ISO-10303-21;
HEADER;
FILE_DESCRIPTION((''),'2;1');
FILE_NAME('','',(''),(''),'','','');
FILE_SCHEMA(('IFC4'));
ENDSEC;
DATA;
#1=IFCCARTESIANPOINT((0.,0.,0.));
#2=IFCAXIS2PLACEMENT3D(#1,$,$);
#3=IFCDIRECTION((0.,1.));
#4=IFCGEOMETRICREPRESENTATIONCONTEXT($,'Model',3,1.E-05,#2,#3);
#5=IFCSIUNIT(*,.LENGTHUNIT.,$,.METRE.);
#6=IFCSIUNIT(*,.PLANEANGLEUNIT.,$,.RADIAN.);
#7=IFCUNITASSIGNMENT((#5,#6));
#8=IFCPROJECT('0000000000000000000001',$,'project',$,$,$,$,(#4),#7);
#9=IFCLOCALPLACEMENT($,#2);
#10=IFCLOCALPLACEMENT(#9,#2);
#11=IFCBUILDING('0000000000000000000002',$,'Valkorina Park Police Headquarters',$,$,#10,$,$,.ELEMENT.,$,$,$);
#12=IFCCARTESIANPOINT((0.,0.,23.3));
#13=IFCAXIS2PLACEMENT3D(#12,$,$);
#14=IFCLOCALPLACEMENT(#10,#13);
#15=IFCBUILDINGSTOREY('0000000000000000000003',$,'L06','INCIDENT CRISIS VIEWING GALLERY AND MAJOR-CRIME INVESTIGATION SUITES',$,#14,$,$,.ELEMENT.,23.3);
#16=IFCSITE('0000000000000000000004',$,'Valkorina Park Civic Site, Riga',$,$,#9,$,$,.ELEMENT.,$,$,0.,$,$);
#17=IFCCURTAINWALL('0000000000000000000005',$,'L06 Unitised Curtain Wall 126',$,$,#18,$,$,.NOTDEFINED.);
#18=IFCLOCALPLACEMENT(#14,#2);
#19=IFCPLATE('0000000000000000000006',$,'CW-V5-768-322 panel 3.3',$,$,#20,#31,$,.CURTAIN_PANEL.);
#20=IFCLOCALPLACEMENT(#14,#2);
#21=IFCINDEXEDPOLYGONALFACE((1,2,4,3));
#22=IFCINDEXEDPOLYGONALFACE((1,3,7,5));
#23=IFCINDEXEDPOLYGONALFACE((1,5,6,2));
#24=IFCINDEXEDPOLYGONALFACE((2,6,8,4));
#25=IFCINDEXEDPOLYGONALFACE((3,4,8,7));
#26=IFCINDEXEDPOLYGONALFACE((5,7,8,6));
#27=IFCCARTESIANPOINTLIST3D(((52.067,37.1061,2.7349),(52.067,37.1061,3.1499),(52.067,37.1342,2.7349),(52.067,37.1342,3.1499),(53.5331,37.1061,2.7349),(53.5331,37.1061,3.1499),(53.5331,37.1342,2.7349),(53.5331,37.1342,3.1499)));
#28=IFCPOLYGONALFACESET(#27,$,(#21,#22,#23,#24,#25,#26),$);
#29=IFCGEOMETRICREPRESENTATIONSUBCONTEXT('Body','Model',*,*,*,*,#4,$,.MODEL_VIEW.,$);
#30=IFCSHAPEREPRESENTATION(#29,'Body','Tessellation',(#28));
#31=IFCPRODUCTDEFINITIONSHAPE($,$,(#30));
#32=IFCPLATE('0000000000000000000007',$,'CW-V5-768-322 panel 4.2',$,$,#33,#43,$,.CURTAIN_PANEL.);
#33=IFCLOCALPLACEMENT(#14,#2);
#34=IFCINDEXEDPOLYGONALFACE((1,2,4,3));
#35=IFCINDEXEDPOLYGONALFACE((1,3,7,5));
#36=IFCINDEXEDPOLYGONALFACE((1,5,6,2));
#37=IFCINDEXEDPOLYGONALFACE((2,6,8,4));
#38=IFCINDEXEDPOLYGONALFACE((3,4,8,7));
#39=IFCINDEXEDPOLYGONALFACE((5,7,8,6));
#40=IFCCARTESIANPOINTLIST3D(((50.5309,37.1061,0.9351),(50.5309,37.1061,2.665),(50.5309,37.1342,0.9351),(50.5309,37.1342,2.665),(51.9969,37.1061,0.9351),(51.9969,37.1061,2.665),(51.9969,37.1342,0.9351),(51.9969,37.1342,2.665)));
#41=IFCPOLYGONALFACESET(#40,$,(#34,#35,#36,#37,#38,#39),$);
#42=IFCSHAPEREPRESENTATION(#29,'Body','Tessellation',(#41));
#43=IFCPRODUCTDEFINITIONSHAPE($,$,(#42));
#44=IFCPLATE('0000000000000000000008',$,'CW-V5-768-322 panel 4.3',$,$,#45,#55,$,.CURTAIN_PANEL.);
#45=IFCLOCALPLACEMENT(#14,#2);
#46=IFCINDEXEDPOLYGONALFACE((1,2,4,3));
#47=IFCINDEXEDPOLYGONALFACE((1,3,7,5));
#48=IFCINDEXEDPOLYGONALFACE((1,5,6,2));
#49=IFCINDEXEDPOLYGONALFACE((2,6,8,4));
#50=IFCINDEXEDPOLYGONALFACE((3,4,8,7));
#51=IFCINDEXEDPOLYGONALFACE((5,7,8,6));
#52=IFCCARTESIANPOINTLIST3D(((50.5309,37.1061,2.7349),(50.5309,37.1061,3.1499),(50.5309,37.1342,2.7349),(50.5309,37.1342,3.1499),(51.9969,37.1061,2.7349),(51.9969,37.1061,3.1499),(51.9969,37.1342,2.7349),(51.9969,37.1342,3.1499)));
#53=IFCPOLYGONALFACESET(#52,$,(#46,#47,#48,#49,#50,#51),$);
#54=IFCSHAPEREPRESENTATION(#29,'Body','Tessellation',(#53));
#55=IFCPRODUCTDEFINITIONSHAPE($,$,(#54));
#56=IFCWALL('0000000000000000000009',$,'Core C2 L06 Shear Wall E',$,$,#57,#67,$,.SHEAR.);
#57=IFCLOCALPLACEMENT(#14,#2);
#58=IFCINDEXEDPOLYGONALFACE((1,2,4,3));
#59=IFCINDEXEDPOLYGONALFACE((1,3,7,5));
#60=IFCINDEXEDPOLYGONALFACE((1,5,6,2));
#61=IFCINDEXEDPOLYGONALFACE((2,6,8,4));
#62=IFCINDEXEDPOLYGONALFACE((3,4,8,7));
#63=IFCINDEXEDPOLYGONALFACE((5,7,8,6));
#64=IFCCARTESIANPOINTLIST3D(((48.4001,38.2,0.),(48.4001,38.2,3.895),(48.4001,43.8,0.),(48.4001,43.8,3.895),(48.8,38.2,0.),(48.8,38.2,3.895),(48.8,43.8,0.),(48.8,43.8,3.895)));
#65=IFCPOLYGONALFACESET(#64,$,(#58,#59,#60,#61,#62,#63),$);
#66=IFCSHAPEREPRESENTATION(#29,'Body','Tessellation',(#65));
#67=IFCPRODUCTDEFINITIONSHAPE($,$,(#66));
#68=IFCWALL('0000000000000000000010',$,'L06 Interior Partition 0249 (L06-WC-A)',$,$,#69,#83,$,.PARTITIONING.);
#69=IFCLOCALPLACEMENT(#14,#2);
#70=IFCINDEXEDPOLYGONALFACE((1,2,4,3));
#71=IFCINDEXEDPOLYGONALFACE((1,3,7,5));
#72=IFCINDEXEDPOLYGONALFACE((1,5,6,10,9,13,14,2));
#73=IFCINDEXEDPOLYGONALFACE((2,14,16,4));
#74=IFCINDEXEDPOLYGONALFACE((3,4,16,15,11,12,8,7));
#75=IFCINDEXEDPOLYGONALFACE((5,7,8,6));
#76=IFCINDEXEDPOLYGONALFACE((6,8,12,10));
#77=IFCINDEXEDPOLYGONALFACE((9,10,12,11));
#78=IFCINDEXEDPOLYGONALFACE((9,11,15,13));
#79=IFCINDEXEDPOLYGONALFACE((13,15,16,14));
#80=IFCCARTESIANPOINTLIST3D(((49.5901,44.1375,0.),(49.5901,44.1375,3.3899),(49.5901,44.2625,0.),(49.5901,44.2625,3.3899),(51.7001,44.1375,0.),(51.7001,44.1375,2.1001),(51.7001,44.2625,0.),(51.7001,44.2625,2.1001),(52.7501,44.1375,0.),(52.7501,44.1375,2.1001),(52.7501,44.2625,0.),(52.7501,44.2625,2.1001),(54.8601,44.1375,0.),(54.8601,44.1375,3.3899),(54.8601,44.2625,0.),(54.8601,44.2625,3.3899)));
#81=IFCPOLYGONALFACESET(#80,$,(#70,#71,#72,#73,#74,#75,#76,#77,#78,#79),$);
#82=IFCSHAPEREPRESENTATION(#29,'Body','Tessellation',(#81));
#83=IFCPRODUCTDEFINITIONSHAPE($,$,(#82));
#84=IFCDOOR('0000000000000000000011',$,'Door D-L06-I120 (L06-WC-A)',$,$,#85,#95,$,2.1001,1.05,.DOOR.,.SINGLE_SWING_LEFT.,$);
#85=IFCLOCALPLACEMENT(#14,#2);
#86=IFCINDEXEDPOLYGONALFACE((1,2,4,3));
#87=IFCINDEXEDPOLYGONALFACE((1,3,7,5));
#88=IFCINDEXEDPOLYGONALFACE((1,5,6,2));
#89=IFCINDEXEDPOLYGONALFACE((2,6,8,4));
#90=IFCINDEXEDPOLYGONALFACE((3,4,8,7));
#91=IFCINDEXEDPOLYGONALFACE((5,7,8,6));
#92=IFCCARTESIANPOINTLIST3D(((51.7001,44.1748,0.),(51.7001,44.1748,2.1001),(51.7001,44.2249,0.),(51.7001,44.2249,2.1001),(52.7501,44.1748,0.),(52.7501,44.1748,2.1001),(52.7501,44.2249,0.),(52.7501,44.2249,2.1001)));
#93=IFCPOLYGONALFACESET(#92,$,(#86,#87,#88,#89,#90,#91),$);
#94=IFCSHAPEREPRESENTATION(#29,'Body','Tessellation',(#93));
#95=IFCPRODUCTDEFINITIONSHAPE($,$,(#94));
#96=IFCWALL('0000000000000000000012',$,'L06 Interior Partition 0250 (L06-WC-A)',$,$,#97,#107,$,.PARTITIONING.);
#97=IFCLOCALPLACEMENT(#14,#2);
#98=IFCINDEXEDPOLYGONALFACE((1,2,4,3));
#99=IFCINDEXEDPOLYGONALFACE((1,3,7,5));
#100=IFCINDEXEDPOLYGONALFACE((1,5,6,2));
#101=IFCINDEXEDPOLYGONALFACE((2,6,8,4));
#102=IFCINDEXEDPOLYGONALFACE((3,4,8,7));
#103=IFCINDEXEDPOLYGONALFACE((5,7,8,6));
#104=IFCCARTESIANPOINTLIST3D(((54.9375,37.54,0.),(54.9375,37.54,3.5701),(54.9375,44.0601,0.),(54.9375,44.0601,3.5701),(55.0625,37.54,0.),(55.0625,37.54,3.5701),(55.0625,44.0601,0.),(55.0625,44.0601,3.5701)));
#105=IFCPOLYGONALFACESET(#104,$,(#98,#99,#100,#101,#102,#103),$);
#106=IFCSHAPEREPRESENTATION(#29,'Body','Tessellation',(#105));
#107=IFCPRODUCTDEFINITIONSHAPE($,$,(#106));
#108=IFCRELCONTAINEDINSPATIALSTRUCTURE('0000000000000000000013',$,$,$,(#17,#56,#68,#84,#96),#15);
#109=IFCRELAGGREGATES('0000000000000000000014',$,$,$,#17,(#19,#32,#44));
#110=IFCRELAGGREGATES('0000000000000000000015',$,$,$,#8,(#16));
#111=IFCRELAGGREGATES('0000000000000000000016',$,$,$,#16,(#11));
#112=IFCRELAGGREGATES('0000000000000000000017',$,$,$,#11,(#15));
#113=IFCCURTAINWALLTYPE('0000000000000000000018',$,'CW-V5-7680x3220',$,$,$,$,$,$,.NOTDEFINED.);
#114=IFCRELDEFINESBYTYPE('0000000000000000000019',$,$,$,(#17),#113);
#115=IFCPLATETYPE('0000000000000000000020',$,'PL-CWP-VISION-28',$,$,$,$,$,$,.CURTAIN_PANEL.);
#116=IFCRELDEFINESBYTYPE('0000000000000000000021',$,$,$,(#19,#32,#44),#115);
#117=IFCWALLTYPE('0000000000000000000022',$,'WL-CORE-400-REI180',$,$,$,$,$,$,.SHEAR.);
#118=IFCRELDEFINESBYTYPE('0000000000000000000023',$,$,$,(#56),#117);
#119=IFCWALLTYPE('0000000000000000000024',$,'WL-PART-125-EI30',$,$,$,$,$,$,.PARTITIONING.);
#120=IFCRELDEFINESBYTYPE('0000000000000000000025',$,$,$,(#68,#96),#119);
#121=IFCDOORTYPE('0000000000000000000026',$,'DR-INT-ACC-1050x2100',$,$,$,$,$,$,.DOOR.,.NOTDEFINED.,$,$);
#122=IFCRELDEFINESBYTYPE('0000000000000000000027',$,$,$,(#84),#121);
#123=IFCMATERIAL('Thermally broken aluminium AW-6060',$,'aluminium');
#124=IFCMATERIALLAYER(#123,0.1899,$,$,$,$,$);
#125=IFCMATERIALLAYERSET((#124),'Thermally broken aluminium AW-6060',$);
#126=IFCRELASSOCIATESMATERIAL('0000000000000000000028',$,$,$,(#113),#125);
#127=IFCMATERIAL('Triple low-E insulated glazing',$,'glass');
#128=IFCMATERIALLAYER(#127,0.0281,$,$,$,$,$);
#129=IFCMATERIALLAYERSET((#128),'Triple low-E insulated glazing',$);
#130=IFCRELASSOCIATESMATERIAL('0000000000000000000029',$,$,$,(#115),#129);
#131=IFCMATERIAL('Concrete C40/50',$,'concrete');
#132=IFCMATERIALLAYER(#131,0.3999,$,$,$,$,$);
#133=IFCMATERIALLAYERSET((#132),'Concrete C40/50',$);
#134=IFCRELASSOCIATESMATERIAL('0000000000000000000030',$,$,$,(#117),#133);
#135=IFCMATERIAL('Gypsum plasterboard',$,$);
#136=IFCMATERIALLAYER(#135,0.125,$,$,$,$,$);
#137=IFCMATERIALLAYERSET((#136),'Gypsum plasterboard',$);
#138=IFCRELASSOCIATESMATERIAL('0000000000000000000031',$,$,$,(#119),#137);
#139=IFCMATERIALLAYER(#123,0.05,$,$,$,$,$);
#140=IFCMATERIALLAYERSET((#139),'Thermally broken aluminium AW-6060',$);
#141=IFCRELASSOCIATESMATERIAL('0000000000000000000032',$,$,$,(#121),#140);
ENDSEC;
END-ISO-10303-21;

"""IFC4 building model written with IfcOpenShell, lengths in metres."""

from ifc_helpers import new_model, si_unit, direction, frame, frame_2d, origin, origin_2d, place, context, subcontext, project, spatial, rectangle, extrude, material, layer, layer_set, type_object, element, fill, aggregate, save


model = new_model("IFC4")

# Units and contexts
model_context = context("Model", 3, precision=1e-05, world=origin(), true_north=direction((0.0, 1.0)))
body_context = subcontext(model_context, "Body", "Model", "MODEL_VIEW")
ifc_project = project(units=[si_unit("LENGTHUNIT", "METRE"), si_unit("PLANEANGLEUNIT", "RADIAN")], contexts=[model_context])

# Site, building, storey
site_placement = place(None, origin())
site = spatial("IfcSite", under=ifc_project, at=site_placement, Name="Valkorina Park Civic Site, Riga", CompositionType="ELEMENT", RefElevation=0.0)
building_placement = place(site_placement, origin())
building = spatial("IfcBuilding", under=site, at=building_placement, Name="Valkorina Park Police Headquarters", CompositionType="ELEMENT")
storey_placement = place(building_placement, frame((0.0, 0.0, 23.3)))
storey = spatial("IfcBuildingStorey", under=building, at=storey_placement, Name="L06", Description="INCIDENT CRISIS VIEWING GALLERY AND MAJOR-CRIME INVESTIGATION SUITES", CompositionType="ELEMENT", Elevation=23.3)

# Curtain wall, plates
ifc_material_1 = material(Name="Thermally broken aluminium AW-6060", Category="aluminium")
ifc_layer_1 = layer(ifc_material_1, 0.1899)
ifc_layer_set_1 = layer_set([ifc_layer_1], Name="Thermally broken aluminium AW-6060")
curtain_wall_type = type_object("IfcCurtainWallType", Name="CW-V5-7680x3220", PredefinedType="NOTDEFINED", material=ifc_layer_set_1)
curtain_wall_placement = place(storey_placement, origin())
curtain_wall = element("IfcCurtainWall", 1, at=curtain_wall_placement, inside=storey, type_object=curtain_wall_type, Name="L06 Unitised Curtain Wall 126", PredefinedType="NOTDEFINED")
ifc_material_2 = material(Name="Triple low-E insulated glazing", Category="glass")
ifc_layer_2 = layer(ifc_material_2, 0.0281)
ifc_layer_set_2 = layer_set([ifc_layer_2], Name="Triple low-E insulated glazing")
plate_type_1 = type_object("IfcPlateType", Name="PL-CWP-VISION-28", PredefinedType="CURTAIN_PANEL", material=ifc_layer_set_2)
plate_1_placement = place(storey_placement, frame((52.8, 37.1201, 2.7349), z_axis=(0.0, 0.0, 1.0), x_axis=(-1.0, 0.0, 0.0)))
plate_1 = element("IfcPlate", 2, at=plate_1_placement, type_object=plate_type_1, Name="CW-V5-768-322 panel 3.3", PredefinedType="CURTAIN_PANEL", context=body_context, shape_type="SweptSolid", body=[
    extrude(rectangle(XDim=1.4661, YDim=0.0281, at=origin_2d()), origin(), (0.0, 0.0, 1.0), 0.415),
])
plate_2_placement = place(storey_placement, frame((51.2639, 37.1201, 0.9351), z_axis=(0.0, 0.0, 1.0), x_axis=(-1.0, 0.0, 0.0)))
plate_2 = element("IfcPlate", 3, at=plate_2_placement, type_object=plate_type_1, Name="CW-V5-768-322 panel 4.2", PredefinedType="CURTAIN_PANEL", context=body_context, shape_type="SweptSolid", body=[
    extrude(rectangle(XDim=1.4661, YDim=0.0281, at=origin_2d()), origin(), (0.0, 0.0, 1.0), 1.73),
])
plate_3_placement = place(storey_placement, frame((51.2639, 37.1201, 2.7349), z_axis=(0.0, 0.0, 1.0), x_axis=(-1.0, 0.0, 0.0)))
plate_3 = element("IfcPlate", 4, at=plate_3_placement, type_object=plate_type_1, Name="CW-V5-768-322 panel 4.3", PredefinedType="CURTAIN_PANEL", context=body_context, shape_type="SweptSolid", body=[
    extrude(rectangle(XDim=1.4661, YDim=0.0281, at=origin_2d()), origin(), (0.0, 0.0, 1.0), 0.415),
])
aggregate(curtain_wall, [plate_1, plate_2, plate_3])

# Wall
ifc_material_3 = material(Name="Concrete C40/50", Category="concrete")
ifc_layer_3 = layer(ifc_material_3, 0.3999)
ifc_layer_set_3 = layer_set([ifc_layer_3], Name="Concrete C40/50")
wall_type_1 = type_object("IfcWallType", Name="WL-CORE-400-REI180", PredefinedType="SHEAR", material=ifc_layer_set_3)
wall_1_placement = place(storey_placement, frame((48.6001, 38.2, 0.0), z_axis=(0.0, 0.0, 1.0), x_axis=(0.0, 1.0, 0.0)))
element("IfcWall", 5, at=wall_1_placement, inside=storey, type_object=wall_type_1, Name="Core C2 L06 Shear Wall E", PredefinedType="SHEAR", context=body_context, shape_type="SweptSolid", body=[
    extrude(rectangle(XDim=5.6001, YDim=0.3999, at=frame_2d((2.8, 0.0))), origin(), (0.0, 0.0, 1.0), 3.895),
])

# Wall, opening, door
ifc_material_4 = material(Name="Gypsum plasterboard")
ifc_layer_4 = layer(ifc_material_4, 0.125)
ifc_layer_set_4 = layer_set([ifc_layer_4], Name="Gypsum plasterboard")
wall_type_2 = type_object("IfcWallType", Name="WL-PART-125-EI30", PredefinedType="PARTITIONING", material=ifc_layer_set_4)
wall_2_placement = place(storey_placement, frame((49.5901, 44.2, 0.0), z_axis=(0.0, 0.0, 1.0), x_axis=(1.0, 0.0, 0.0)))
wall_2 = element("IfcWall", 6, at=wall_2_placement, inside=storey, type_object=wall_type_2, Name="L06 Interior Partition 0249 (L06-WC-A)", PredefinedType="PARTITIONING", context=body_context, shape_type="SweptSolid", body=[
    extrude(rectangle(XDim=5.27, YDim=0.125, at=frame_2d((2.635, 0.0))), origin(), (0.0, 0.0, 1.0), 3.3899),
])
opening_placement = place(wall_2_placement, frame((2.1101, 0.0, 0.0)))
opening = element("IfcOpeningElement", 7, at=opening_placement, cuts=wall_2, PredefinedType="OPENING", context=body_context, shape_type="SweptSolid", body=[
    extrude(rectangle(XDim=1.05, YDim=2.1001, at=frame_2d((0.5249, 1.05))), frame((0.0, 0.0725, 0.0), z_axis=(0.0, -1.0, 0.0), x_axis=(1.0, 0.0, 0.0)), (0.0, 0.0, 1.0), 0.145),
])
ifc_layer_5 = layer(ifc_material_1, 0.05)
ifc_layer_set_5 = layer_set([ifc_layer_5], Name="Thermally broken aluminium AW-6060")
door_type = type_object("IfcDoorType", Name="DR-INT-ACC-1050x2100", OperationType="NOTDEFINED", PredefinedType="DOOR", material=ifc_layer_set_5)
door_placement = place(opening_placement, origin())
door = element("IfcDoor", 8, at=door_placement, inside=storey, type_object=door_type, Name="Door D-L06-I120 (L06-WC-A)", OperationType="SINGLE_SWING_LEFT", OverallHeight=2.1001, OverallWidth=1.05, PredefinedType="DOOR", context=body_context, shape_type="SweptSolid", body=[
    extrude(rectangle(XDim=1.05, YDim=2.1001, at=frame_2d((0.5249, 1.05))), frame((0.0, 0.0249, 0.0), z_axis=(0.0, -1.0, 0.0), x_axis=(1.0, 0.0, 0.0)), (0.0, 0.0, 1.0), 0.05),
])
fill(opening, door)

# Wall
wall_3_placement = place(storey_placement, frame((55.0, 37.54, 0.0), z_axis=(0.0, 0.0, 1.0), x_axis=(0.0, 1.0, 0.0)))
element("IfcWall", 9, at=wall_3_placement, inside=storey, type_object=wall_type_2, Name="L06 Interior Partition 0250 (L06-WC-A)", PredefinedType="PARTITIONING", context=body_context, shape_type="SweptSolid", body=[
    extrude(rectangle(XDim=6.52, YDim=0.125, at=frame_2d((3.26, 0.0))), origin(), (0.0, 0.0, 1.0), 3.5701),
])

save(model, "model.ifc")
